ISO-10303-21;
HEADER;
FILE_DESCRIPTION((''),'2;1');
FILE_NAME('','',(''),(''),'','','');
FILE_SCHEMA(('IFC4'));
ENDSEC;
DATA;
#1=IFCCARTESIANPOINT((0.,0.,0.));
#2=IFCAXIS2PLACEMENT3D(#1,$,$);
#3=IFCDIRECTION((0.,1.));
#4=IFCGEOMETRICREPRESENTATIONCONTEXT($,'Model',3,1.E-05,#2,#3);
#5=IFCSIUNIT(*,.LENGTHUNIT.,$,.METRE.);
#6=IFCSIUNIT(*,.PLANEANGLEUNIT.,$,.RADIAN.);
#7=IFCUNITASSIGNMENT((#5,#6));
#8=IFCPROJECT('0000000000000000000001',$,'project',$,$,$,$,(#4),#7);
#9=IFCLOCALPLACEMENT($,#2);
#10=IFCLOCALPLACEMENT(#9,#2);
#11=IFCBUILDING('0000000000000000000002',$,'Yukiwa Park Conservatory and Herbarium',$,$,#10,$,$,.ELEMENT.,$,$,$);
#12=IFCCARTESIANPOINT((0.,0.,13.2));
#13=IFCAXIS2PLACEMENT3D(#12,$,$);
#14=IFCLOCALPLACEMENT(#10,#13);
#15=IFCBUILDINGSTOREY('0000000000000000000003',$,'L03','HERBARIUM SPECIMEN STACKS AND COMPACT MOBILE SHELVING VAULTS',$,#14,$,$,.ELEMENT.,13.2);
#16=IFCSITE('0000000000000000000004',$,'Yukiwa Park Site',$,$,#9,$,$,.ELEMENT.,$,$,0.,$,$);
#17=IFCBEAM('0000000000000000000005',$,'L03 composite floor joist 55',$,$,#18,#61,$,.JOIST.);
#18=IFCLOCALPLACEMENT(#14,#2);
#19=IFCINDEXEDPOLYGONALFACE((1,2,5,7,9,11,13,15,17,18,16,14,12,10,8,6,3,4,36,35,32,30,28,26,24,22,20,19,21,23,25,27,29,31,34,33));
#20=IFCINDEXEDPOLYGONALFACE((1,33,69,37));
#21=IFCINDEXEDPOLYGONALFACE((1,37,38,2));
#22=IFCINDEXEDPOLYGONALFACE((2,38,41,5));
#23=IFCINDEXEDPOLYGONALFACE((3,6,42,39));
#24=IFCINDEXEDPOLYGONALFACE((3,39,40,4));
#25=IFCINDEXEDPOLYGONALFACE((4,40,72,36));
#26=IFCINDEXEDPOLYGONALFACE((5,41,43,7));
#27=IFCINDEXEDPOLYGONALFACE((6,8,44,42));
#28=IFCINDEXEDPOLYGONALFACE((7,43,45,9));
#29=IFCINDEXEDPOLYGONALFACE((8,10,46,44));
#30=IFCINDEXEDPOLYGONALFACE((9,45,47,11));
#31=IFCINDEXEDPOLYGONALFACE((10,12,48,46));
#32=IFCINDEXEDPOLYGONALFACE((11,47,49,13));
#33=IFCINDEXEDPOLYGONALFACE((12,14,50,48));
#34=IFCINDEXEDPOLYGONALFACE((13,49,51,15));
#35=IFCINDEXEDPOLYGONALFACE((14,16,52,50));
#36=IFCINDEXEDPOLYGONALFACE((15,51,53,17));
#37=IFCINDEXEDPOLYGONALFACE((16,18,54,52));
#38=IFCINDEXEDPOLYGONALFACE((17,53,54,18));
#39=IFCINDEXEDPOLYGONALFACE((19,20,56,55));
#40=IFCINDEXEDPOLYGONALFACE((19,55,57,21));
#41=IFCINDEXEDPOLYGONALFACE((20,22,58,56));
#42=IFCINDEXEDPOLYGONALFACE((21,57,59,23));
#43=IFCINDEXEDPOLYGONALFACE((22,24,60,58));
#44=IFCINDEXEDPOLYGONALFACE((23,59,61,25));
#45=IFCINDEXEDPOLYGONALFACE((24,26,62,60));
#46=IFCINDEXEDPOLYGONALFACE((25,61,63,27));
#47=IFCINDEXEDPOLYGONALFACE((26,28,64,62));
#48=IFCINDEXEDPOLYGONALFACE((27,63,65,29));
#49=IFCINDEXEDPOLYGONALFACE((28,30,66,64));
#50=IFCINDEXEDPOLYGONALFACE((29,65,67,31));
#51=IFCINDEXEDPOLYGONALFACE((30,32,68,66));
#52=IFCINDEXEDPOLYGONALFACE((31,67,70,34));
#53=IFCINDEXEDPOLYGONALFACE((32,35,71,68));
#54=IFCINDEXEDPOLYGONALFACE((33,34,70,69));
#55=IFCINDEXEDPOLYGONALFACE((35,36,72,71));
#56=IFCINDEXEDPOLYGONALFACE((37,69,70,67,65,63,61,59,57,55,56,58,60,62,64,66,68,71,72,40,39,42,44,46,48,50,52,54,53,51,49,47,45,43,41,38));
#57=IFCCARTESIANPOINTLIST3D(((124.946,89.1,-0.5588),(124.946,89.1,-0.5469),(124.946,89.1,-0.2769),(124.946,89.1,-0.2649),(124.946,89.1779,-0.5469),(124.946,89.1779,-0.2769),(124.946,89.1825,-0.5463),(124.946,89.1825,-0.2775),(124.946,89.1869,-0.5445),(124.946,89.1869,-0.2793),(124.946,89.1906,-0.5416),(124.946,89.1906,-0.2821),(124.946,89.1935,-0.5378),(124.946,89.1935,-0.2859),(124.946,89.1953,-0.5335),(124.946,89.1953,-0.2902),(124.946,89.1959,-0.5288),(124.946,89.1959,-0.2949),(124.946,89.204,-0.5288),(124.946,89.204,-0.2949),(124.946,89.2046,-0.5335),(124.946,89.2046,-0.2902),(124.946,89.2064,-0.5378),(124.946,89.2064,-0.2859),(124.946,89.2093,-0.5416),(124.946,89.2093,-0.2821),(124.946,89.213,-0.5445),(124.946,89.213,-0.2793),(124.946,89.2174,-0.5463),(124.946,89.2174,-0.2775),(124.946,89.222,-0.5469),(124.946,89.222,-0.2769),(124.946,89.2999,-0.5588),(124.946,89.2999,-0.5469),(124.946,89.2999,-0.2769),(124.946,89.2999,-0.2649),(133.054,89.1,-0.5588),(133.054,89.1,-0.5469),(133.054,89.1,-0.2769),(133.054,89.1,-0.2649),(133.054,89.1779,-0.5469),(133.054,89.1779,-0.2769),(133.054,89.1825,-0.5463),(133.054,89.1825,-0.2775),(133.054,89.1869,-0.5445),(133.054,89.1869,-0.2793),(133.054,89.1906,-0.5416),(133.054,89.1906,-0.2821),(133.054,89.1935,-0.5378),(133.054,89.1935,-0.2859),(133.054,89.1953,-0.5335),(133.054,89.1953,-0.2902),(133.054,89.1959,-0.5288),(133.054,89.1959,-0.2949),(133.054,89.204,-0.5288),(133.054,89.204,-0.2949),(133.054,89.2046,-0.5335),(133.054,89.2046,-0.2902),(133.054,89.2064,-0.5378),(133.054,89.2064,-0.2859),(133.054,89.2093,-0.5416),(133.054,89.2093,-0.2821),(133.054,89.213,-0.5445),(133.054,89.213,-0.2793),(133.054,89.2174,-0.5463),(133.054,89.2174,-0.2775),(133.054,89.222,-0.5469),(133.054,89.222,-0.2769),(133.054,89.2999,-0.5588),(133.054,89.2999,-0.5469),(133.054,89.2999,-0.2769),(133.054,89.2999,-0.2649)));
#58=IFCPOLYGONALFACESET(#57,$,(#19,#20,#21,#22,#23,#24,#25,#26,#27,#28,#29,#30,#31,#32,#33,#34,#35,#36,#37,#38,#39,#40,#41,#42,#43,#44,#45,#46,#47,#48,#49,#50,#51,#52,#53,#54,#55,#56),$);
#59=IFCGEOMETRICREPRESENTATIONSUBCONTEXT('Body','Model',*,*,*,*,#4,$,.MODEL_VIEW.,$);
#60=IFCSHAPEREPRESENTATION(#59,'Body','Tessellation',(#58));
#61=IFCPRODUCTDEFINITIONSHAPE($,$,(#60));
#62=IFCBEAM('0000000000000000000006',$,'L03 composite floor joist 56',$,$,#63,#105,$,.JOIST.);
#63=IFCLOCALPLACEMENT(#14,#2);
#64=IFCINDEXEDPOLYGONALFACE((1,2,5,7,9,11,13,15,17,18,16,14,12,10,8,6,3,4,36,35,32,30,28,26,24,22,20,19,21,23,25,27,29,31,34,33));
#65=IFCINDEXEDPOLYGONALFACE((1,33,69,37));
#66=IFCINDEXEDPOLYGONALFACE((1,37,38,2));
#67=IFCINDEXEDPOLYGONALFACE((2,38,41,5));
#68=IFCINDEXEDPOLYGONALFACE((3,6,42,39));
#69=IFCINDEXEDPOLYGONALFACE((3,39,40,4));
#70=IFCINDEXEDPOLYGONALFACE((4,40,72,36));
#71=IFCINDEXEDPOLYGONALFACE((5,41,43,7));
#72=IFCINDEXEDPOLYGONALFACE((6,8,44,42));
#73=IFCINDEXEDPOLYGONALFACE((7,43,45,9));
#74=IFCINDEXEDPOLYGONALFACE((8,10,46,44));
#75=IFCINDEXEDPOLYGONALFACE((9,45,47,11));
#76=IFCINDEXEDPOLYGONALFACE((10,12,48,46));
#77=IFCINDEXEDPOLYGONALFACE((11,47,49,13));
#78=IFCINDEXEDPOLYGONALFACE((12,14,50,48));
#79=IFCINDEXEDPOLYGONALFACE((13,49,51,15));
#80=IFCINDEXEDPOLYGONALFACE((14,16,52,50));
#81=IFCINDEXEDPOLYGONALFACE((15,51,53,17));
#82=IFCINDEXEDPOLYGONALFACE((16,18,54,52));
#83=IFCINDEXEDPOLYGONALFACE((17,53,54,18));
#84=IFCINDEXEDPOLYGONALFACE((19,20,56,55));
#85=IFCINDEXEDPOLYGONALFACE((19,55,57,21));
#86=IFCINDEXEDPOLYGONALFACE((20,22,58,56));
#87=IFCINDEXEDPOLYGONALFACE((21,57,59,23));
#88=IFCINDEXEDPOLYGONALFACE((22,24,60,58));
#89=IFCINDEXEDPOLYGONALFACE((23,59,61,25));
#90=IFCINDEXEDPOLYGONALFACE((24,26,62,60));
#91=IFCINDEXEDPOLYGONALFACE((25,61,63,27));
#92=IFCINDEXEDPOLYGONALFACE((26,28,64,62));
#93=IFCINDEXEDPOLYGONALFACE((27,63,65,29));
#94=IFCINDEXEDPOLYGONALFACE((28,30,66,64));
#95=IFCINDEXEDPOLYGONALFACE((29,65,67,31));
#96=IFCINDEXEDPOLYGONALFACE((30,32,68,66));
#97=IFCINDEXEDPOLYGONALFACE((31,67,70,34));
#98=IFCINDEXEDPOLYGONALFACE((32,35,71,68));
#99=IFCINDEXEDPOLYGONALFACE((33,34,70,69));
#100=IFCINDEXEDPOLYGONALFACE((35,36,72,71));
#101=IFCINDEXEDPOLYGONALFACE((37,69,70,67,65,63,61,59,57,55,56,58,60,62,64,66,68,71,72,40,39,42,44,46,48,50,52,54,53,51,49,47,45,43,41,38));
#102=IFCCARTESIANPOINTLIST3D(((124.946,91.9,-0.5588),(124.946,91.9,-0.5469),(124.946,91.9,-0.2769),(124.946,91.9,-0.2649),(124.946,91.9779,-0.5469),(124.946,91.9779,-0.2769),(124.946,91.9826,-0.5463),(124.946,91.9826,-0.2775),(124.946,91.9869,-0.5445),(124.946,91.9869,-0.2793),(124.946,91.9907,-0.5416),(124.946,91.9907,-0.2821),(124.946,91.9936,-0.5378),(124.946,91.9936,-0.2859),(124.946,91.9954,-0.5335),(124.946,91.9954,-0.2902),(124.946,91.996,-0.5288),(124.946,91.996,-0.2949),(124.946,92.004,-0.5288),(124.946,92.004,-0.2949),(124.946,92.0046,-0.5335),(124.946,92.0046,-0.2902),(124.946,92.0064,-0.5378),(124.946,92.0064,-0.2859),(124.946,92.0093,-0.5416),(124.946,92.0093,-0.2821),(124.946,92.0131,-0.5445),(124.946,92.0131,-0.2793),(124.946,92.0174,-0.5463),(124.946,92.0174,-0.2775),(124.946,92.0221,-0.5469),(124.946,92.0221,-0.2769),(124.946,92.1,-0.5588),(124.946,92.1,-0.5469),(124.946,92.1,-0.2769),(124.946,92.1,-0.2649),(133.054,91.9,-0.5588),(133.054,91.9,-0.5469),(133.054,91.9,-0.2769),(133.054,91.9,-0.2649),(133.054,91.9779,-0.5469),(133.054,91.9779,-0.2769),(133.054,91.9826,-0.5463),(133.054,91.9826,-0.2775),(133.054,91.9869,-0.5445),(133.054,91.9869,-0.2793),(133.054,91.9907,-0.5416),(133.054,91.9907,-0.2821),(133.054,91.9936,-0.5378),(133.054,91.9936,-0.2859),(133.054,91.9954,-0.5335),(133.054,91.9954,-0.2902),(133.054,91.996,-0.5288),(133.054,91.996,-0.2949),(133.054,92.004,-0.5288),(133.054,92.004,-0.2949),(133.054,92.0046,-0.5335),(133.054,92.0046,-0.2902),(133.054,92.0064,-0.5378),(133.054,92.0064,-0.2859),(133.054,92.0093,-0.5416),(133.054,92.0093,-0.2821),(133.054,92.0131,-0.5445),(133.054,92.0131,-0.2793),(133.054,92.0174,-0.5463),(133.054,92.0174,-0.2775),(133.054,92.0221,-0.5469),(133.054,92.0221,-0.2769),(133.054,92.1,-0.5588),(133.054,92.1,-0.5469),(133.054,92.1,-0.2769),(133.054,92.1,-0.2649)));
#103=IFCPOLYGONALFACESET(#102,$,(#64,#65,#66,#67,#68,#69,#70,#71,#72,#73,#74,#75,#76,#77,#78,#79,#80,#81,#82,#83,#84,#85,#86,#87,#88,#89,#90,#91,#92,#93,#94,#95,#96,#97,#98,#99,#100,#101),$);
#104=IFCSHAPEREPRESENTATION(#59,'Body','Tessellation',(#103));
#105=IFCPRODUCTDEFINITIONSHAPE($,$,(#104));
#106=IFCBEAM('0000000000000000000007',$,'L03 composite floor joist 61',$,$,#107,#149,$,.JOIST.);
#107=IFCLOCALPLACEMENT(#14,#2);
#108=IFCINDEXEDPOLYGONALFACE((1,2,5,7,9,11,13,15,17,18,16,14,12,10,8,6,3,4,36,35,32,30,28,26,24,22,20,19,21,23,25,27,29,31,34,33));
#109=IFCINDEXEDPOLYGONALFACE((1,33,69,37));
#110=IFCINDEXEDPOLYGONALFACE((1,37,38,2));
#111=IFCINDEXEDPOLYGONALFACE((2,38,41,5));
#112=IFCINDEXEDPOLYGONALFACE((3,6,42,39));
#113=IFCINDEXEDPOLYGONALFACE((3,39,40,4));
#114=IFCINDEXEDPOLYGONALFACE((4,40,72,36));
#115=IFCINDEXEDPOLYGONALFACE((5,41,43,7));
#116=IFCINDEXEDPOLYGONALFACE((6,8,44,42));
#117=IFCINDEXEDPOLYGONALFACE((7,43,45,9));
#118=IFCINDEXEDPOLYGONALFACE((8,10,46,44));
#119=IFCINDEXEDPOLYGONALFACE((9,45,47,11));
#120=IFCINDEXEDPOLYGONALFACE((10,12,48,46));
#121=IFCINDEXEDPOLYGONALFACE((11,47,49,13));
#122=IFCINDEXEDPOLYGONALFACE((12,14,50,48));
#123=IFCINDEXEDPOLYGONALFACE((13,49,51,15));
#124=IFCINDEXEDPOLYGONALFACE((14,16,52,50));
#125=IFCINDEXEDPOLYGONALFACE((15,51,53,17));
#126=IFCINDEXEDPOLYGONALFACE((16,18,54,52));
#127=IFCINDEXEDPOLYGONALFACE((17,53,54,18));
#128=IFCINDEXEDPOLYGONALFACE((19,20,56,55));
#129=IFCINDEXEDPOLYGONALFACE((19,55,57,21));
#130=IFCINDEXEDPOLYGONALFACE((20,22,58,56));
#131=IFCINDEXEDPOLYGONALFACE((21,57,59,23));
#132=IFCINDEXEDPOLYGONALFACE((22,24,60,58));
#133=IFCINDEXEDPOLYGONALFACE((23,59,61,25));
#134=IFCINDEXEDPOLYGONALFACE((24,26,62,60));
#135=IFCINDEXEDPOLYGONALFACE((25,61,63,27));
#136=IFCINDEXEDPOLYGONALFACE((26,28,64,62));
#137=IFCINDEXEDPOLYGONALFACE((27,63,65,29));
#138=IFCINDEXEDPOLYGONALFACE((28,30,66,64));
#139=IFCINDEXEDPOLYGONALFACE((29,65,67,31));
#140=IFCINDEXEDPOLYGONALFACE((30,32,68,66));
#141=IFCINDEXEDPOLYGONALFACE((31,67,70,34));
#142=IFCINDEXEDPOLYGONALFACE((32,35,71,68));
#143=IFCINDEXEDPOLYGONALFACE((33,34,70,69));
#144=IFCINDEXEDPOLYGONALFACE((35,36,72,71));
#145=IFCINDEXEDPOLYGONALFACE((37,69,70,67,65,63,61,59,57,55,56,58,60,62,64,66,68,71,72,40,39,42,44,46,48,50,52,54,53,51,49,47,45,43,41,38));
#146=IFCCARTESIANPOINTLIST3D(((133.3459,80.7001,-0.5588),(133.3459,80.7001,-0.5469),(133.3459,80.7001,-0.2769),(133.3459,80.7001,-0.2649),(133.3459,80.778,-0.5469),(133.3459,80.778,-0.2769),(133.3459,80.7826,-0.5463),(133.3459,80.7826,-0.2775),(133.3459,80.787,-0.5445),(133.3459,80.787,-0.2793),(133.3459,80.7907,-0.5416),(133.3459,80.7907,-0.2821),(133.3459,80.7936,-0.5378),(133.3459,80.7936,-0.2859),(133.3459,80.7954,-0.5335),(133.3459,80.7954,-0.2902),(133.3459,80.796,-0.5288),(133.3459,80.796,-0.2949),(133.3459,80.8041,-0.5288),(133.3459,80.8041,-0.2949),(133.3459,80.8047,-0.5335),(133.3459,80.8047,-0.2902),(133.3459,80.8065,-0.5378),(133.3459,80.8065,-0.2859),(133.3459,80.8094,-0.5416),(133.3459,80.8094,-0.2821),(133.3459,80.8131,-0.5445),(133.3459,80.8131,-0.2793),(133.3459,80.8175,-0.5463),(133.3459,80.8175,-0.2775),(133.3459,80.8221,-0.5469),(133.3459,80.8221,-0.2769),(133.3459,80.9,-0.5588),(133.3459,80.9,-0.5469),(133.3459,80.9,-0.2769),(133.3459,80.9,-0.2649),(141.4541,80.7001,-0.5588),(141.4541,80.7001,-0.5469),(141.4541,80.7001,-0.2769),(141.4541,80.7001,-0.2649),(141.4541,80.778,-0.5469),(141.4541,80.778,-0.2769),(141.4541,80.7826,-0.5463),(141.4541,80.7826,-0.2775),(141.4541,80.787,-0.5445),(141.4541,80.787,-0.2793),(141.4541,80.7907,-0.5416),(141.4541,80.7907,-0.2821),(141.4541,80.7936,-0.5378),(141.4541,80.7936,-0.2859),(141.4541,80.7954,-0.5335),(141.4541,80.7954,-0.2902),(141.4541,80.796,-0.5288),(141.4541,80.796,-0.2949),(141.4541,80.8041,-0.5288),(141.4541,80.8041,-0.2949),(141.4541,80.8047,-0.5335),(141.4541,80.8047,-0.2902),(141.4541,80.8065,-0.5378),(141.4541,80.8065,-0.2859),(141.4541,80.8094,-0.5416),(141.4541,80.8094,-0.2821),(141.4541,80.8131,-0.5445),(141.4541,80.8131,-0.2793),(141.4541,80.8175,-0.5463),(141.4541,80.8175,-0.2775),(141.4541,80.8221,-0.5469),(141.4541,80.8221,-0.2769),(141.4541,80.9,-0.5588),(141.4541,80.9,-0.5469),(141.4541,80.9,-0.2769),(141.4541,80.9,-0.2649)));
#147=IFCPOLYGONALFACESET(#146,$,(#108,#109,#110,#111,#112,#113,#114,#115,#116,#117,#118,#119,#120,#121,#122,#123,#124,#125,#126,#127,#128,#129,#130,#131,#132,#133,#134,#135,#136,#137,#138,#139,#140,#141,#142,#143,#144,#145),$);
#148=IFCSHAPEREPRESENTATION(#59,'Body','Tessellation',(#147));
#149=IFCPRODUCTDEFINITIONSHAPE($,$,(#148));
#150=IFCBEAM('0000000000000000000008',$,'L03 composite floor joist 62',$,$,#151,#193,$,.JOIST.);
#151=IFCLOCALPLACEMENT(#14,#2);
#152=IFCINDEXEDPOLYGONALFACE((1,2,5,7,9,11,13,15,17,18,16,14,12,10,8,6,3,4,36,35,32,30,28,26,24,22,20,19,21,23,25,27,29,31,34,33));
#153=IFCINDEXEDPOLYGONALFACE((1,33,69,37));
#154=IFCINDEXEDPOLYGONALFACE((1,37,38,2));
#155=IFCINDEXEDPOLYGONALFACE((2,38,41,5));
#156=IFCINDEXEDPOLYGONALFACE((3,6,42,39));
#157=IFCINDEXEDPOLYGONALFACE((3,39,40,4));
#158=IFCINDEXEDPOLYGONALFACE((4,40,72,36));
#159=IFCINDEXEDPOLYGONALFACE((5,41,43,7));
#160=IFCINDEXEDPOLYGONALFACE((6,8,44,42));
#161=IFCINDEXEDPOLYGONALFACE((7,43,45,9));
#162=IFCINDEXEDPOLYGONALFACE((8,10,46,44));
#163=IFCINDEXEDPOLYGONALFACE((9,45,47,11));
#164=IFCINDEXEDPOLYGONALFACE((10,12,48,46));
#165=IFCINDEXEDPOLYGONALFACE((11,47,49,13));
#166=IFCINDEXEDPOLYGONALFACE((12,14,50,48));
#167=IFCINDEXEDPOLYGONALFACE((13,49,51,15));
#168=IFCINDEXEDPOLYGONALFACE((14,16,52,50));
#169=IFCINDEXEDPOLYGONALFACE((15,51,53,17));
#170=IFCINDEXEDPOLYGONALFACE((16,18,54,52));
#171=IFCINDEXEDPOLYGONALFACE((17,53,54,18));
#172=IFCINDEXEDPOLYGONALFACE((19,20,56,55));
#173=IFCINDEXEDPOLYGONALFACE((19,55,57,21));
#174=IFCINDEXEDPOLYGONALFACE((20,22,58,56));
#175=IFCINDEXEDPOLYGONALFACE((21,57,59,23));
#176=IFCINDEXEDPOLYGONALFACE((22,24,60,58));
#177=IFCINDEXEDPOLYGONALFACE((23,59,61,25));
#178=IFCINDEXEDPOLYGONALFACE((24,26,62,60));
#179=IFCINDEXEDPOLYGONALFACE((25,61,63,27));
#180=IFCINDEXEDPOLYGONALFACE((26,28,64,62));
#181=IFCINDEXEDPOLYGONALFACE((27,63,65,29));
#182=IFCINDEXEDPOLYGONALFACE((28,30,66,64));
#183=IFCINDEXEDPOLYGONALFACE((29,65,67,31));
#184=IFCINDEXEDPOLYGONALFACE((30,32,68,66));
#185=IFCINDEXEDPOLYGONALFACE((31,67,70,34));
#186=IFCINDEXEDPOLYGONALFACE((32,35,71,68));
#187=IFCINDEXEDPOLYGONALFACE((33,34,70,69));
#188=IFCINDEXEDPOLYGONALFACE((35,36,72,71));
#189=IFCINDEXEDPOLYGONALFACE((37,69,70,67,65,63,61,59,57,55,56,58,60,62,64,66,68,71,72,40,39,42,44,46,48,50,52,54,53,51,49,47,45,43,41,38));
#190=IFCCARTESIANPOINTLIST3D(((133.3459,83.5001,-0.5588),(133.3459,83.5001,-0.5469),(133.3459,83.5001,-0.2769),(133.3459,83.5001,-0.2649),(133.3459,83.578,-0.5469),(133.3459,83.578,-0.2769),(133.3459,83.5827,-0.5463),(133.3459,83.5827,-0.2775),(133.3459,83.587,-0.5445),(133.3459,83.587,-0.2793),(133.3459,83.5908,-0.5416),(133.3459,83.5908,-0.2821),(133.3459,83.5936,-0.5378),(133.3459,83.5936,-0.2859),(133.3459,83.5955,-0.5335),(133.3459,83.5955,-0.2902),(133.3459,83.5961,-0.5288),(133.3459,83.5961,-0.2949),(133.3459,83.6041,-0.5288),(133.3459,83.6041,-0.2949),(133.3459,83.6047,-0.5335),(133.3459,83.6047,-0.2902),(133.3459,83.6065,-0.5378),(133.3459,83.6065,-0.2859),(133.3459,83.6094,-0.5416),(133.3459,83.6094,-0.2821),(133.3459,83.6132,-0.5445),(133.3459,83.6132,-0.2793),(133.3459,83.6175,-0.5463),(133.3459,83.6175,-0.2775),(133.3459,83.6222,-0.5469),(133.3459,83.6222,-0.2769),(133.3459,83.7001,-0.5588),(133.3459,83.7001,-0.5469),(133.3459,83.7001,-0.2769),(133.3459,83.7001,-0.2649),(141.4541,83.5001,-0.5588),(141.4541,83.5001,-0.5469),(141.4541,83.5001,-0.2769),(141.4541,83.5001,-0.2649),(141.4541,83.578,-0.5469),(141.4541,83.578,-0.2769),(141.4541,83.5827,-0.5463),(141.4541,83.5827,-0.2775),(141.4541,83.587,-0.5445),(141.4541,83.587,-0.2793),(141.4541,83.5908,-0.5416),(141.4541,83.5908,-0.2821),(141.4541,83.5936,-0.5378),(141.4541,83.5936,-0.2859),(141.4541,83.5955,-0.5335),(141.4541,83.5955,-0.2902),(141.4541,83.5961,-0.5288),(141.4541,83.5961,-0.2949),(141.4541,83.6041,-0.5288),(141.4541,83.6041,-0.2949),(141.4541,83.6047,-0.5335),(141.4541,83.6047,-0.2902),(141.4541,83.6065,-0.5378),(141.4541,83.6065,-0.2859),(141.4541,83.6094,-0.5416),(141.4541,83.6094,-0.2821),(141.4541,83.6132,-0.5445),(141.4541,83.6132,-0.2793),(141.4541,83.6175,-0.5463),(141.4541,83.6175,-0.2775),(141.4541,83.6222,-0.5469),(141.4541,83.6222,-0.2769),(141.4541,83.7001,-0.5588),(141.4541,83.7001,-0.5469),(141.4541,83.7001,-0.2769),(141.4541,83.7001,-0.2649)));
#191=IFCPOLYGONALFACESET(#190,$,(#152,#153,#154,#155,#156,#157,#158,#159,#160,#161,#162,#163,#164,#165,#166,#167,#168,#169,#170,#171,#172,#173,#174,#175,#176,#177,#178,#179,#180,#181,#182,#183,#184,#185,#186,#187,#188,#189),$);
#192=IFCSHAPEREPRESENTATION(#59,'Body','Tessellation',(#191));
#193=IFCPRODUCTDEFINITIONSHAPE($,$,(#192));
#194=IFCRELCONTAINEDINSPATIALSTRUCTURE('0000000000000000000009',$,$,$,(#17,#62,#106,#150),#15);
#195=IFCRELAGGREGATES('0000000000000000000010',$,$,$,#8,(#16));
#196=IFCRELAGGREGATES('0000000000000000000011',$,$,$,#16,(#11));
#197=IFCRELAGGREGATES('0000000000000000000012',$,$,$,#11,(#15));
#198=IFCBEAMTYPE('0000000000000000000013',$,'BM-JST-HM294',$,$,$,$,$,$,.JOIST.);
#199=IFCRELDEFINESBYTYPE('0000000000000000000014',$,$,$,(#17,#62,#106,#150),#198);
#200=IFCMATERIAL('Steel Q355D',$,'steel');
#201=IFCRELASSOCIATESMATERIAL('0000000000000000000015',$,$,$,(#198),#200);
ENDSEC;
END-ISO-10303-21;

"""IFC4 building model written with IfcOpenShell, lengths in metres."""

from ifc_helpers import new_model, si_unit, direction, frame, origin, origin_2d, place, context, subcontext, project, spatial, i_section, extrude, material, material_profile, profile_set, type_object, element, save


model = new_model("IFC4")

# Units and contexts
model_context = context("Model", 3, precision=1e-05, world=origin(), true_north=direction((0.0, 1.0)))
body_context = subcontext(model_context, "Body", "Model", "MODEL_VIEW")
ifc_project = project(units=[si_unit("LENGTHUNIT", "METRE"), si_unit("PLANEANGLEUNIT", "RADIAN")], contexts=[model_context])

# Site, building, storey
site_placement = place(None, origin())
site = spatial("IfcSite", under=ifc_project, at=site_placement, Name="Yukiwa Park Site", CompositionType="ELEMENT", RefElevation=0.0)
building_placement = place(site_placement, origin())
building = spatial("IfcBuilding", under=site, at=building_placement, Name="Yukiwa Park Conservatory and Herbarium", CompositionType="ELEMENT")
storey_placement = place(building_placement, frame((0.0, 0.0, 13.2)))
storey = spatial("IfcBuildingStorey", under=building, at=storey_placement, Name="L03", Description="HERBARIUM SPECIMEN STACKS AND COMPACT MOBILE SHELVING VAULTS", CompositionType="ELEMENT", Elevation=13.2)

# Beams
ifc_material_1 = material(Name="Steel Q355D", Category="steel")
ifc_material_profile_1 = material_profile(ifc_material_1, i_section(OverallWidth=0.2, OverallDepth=0.2939, WebThickness=0.0081, FlangeThickness=0.012, FilletRadius=0.0181, at=origin_2d()), Name="HM 294x200x8x12")
ifc_profile_set_1 = profile_set([ifc_material_profile_1], Name="Steel Q355D")
beam_type_1 = type_object("IfcBeamType", Name="BM-JST-HM294", PredefinedType="JOIST", material=ifc_profile_set_1)
for number, where, z_axis, x_axis, name in (
    (1, (124.946, 89.2, -0.4119), (1.0, 0.0, 0.0), (0.0, 1.0, 0.0), "L03 composite floor joist 55"),
    (2, (124.946, 92.0, -0.4119), (1.0, 0.0, 0.0), (0.0, 1.0, 0.0), "L03 composite floor joist 56"),
):
    element("IfcBeam", number, at=place(storey_placement, frame(where, z_axis=z_axis, x_axis=x_axis)), inside=storey, type_object=beam_type_1, Name=name, PredefinedType="JOIST", context=body_context, shape_type="SweptSolid", body=[
        extrude(i_section(OverallWidth=0.2, OverallDepth=0.2939, WebThickness=0.0081, FlangeThickness=0.012, FilletRadius=0.0181, at=origin_2d()), origin(), (0.0, 0.0, 1.0), 8.1079),
    ])
for number, where, z_axis, x_axis, name in (
    (3, (133.3459, 80.8, -0.4119), (1.0, 0.0, 0.0), (0.0, 1.0, 0.0), "L03 composite floor joist 61"),
    (4, (133.3459, 83.6001, -0.4119), (1.0, 0.0, 0.0), (0.0, 1.0, 0.0), "L03 composite floor joist 62"),
):
    element("IfcBeam", number, at=place(storey_placement, frame(where, z_axis=z_axis, x_axis=x_axis)), inside=storey, type_object=beam_type_1, Name=name, PredefinedType="JOIST", context=body_context, shape_type="SweptSolid", body=[
        extrude(i_section(OverallWidth=0.2, OverallDepth=0.2939, WebThickness=0.0081, FlangeThickness=0.012, FilletRadius=0.0181, at=origin_2d()), origin(), (0.0, 0.0, 1.0), 8.1082),
    ])

save(model, "model.ifc")
